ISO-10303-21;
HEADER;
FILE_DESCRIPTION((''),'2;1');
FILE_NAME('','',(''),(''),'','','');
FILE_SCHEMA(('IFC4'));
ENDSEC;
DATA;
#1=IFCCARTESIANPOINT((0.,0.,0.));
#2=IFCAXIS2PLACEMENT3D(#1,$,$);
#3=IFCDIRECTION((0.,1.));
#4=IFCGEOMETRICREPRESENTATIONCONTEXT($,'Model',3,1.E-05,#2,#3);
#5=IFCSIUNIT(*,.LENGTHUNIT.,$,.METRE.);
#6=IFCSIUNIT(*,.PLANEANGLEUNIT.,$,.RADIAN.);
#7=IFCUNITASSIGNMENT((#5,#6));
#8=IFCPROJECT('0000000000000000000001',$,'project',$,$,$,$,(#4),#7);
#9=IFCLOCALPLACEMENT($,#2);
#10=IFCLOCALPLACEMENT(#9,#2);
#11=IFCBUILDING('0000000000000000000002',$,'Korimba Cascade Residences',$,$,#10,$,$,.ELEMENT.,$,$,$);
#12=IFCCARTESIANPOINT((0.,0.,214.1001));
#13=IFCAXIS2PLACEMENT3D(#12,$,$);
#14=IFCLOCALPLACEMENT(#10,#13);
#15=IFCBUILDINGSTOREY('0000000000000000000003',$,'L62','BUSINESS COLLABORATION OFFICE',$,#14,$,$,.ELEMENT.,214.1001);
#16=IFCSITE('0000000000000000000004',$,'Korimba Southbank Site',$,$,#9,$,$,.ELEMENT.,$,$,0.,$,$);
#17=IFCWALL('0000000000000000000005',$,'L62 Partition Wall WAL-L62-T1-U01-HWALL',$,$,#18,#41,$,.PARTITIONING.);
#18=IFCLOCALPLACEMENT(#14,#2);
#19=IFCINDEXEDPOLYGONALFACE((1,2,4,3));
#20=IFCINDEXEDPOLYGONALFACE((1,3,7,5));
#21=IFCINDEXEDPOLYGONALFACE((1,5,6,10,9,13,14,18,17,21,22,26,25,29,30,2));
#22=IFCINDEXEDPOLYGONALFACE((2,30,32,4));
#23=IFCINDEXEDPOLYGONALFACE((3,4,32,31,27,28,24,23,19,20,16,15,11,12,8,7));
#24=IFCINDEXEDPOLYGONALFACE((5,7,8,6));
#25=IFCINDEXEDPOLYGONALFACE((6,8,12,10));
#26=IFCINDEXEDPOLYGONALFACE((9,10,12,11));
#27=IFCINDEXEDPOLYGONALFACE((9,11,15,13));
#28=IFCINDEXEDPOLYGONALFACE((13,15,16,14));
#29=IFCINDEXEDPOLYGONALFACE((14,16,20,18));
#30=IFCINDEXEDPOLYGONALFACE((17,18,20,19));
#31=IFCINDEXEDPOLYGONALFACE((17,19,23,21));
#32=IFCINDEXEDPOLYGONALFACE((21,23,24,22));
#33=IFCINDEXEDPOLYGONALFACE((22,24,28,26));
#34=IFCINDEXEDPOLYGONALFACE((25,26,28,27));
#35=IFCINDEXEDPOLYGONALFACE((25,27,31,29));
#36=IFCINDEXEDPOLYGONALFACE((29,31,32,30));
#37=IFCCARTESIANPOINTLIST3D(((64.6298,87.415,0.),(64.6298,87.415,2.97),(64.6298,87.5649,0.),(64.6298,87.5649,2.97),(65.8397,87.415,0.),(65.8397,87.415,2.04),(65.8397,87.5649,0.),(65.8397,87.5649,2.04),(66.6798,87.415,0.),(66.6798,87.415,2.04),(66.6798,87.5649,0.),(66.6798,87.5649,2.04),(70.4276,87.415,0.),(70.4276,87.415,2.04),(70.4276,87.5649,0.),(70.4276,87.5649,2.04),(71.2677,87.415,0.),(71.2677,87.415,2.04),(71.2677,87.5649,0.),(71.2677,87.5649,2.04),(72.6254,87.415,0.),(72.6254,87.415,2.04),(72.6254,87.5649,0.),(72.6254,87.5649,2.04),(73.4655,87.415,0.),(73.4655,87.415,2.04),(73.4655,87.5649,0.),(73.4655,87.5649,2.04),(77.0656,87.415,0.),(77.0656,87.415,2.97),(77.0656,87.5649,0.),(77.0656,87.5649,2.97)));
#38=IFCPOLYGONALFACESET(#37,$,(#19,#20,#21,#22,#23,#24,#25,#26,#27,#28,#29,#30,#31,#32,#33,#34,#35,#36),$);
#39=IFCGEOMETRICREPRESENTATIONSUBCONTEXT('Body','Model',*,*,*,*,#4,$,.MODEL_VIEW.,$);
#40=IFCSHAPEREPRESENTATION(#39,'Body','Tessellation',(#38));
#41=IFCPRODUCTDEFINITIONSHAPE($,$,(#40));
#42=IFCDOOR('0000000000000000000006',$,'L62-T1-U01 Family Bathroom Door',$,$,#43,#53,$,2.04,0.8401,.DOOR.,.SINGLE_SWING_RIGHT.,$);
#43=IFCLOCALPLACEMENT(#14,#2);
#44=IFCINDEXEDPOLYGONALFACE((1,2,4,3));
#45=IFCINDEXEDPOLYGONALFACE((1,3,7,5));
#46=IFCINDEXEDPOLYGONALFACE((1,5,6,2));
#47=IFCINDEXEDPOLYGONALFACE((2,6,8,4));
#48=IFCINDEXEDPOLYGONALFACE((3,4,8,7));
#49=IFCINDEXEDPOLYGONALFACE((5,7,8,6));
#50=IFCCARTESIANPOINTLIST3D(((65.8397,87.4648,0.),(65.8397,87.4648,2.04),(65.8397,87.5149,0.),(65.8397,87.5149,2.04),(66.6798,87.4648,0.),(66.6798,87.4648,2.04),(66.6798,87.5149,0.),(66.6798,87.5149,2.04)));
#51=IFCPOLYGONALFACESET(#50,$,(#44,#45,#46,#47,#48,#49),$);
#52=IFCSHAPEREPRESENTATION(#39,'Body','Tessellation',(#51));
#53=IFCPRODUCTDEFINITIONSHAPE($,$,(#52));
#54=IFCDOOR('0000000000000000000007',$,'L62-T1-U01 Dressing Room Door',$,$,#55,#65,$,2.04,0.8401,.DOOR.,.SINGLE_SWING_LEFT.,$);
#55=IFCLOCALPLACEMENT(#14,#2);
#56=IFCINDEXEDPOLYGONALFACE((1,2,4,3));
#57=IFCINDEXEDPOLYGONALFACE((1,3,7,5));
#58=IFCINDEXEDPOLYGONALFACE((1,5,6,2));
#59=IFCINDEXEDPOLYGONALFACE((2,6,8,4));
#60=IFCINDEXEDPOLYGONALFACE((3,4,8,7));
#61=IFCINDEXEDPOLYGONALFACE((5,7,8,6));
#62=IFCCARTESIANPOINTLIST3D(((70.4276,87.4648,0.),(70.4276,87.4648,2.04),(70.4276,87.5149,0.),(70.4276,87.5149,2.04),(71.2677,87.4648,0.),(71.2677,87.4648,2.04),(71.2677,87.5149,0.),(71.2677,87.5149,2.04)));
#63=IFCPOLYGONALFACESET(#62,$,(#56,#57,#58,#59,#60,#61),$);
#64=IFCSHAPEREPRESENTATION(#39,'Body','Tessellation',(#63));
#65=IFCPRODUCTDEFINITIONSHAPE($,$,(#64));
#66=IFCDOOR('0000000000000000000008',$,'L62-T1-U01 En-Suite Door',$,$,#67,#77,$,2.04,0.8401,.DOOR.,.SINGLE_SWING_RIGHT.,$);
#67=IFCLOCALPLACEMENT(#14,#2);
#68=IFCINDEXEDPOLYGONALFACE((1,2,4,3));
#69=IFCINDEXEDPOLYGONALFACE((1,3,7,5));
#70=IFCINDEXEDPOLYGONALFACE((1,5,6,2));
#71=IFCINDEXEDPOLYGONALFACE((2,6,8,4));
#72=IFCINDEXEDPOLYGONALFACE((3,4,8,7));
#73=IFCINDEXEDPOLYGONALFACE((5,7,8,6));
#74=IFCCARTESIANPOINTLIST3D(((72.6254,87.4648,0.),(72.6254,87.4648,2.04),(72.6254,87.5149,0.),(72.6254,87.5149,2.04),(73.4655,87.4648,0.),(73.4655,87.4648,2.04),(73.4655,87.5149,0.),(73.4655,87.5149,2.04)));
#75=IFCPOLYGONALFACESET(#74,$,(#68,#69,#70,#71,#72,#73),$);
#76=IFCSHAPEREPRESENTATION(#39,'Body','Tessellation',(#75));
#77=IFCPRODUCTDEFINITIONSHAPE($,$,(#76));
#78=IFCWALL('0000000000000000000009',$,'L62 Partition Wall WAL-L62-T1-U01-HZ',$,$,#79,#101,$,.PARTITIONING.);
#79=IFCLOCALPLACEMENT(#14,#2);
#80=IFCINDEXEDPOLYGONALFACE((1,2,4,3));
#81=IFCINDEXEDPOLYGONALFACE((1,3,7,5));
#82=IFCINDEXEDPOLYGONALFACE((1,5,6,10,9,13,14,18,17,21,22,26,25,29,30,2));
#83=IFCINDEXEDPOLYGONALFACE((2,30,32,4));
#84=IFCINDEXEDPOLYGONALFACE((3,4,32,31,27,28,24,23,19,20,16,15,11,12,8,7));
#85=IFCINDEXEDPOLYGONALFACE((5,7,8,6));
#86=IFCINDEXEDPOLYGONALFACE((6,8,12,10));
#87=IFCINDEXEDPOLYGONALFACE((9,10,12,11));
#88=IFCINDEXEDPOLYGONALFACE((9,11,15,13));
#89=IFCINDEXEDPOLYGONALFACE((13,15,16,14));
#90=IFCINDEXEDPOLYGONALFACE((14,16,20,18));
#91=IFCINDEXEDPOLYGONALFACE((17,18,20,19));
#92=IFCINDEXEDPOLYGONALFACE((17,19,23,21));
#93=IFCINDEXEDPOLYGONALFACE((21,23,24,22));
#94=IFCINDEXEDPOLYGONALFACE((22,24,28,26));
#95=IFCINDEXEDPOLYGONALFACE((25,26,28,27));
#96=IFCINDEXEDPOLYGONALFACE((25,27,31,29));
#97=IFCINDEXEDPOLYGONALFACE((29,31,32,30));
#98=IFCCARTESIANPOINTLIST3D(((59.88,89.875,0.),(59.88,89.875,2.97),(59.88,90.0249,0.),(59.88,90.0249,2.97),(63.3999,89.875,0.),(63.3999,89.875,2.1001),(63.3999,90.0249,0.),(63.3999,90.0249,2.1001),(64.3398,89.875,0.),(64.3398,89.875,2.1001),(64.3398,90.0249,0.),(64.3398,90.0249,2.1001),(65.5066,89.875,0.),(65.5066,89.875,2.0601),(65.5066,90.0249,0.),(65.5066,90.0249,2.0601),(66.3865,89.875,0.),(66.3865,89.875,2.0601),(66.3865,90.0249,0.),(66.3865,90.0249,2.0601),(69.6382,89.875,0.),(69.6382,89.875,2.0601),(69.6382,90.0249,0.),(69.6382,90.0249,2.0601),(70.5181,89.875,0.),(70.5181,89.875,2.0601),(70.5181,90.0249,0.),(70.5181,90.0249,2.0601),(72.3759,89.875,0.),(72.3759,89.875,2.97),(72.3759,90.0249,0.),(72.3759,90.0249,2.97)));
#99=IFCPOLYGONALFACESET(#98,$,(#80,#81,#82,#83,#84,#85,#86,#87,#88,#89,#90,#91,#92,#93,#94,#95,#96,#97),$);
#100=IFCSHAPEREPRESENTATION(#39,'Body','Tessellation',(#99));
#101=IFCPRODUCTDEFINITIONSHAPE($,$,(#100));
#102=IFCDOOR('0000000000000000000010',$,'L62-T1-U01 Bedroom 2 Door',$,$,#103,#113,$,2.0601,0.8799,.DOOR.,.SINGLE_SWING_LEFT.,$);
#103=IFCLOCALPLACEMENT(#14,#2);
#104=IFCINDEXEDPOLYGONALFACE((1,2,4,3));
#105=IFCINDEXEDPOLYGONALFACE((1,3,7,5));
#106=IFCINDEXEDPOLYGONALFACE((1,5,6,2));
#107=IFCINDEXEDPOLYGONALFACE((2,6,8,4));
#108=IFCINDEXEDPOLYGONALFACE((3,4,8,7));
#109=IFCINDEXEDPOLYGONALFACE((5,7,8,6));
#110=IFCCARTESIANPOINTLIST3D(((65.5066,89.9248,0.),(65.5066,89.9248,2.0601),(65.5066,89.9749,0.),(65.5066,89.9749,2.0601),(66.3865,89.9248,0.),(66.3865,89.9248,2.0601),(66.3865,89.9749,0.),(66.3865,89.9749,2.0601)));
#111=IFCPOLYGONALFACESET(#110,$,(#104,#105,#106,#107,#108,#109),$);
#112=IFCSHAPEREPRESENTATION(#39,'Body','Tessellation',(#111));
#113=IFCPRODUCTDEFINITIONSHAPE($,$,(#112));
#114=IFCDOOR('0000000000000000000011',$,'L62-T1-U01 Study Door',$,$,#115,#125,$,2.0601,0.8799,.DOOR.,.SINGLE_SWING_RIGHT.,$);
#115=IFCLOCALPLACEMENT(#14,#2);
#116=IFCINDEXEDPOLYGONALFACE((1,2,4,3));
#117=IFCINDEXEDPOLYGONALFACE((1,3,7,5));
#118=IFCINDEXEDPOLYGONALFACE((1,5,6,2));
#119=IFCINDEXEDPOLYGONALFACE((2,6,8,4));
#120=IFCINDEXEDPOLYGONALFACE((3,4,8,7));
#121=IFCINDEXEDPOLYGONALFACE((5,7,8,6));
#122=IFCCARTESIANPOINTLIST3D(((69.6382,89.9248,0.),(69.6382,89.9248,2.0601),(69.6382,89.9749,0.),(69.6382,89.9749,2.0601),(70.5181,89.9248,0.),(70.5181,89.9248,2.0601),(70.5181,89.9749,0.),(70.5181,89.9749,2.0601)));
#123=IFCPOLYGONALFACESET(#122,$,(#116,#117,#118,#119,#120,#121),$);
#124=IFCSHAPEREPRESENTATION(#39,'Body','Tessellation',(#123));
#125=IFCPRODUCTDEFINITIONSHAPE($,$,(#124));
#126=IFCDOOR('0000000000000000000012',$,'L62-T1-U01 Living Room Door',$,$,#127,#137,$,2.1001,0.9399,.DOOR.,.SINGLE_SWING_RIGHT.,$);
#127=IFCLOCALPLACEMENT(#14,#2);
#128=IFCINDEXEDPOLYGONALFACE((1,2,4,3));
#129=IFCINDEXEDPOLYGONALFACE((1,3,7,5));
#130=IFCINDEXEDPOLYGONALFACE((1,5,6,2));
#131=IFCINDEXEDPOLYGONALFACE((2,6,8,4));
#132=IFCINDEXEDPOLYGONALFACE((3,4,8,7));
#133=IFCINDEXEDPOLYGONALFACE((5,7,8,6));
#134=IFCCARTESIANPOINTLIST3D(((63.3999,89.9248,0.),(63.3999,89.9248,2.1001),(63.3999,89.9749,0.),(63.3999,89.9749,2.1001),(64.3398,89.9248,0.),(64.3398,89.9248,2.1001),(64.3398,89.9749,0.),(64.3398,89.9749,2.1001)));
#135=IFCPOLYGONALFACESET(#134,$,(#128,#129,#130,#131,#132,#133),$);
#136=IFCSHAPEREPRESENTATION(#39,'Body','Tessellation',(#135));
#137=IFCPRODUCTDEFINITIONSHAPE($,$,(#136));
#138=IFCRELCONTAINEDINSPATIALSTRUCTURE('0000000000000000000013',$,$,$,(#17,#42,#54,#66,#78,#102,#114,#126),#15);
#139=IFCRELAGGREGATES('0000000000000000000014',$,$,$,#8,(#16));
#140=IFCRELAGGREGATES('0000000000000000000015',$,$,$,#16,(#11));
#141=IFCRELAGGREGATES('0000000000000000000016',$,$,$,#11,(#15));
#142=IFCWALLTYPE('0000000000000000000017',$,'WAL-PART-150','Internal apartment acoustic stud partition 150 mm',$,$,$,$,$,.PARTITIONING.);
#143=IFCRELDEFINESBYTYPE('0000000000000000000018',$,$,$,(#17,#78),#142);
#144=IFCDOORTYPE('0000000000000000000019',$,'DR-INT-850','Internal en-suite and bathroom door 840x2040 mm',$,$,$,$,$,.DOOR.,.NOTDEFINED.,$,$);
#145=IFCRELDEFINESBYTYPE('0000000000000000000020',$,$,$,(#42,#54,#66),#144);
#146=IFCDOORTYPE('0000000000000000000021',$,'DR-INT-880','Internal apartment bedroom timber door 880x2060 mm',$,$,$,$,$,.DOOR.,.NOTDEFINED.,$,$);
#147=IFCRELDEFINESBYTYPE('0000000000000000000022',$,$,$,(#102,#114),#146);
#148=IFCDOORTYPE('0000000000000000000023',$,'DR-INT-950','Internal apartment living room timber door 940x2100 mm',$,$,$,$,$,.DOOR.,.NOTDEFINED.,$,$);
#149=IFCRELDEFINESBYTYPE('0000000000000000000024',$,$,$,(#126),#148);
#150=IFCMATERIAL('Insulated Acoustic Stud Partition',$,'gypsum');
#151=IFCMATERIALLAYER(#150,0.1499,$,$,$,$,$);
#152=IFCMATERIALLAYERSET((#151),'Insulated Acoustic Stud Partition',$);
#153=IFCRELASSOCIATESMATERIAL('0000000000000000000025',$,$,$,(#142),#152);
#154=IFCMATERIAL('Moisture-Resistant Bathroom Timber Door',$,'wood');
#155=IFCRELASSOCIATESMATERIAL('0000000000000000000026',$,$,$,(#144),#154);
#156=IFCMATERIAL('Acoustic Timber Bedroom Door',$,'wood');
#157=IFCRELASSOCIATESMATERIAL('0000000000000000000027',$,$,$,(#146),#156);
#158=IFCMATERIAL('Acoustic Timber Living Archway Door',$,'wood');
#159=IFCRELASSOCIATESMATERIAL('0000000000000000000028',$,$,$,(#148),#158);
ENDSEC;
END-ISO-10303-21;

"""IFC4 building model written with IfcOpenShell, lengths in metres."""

from ifc_helpers import new_model, si_unit, direction, frame, frame_2d, origin, place, context, subcontext, project, spatial, rectangle, extrude, material, layer, layer_set, type_object, element, fill, save


model = new_model("IFC4")

# Units and contexts
model_context = context("Model", 3, precision=1e-05, world=origin(), true_north=direction((0.0, 1.0)))
body_context = subcontext(model_context, "Body", "Model", "MODEL_VIEW")
ifc_project = project(units=[si_unit("LENGTHUNIT", "METRE"), si_unit("PLANEANGLEUNIT", "RADIAN")], contexts=[model_context])

# Site, building, storey
site_placement = place(None, origin())
site = spatial("IfcSite", under=ifc_project, at=site_placement, Name="Korimba Southbank Site", CompositionType="ELEMENT", RefElevation=0.0)
building_placement = place(site_placement, origin())
building = spatial("IfcBuilding", under=site, at=building_placement, Name="Korimba Cascade Residences", CompositionType="ELEMENT")
storey_placement = place(building_placement, frame((0.0, 0.0, 214.1001)))
storey = spatial("IfcBuildingStorey", under=building, at=storey_placement, Name="L62", Description="BUSINESS COLLABORATION OFFICE", CompositionType="ELEMENT", Elevation=214.1001)

# Shared definitions
ifc_material_1 = material(Name="Insulated Acoustic Stud Partition", Category="gypsum")
ifc_layer_1 = layer(ifc_material_1, 0.1499)
ifc_layer_set_1 = layer_set([ifc_layer_1], Name="Insulated Acoustic Stud Partition")
wall_type_1 = type_object("IfcWallType", Name="WAL-PART-150", Description="Internal apartment acoustic stud partition 150 mm", PredefinedType="PARTITIONING", material=ifc_layer_set_1)

# Walls, openings, doors
wall_1_placement = place(storey_placement, frame((64.6299, 87.49, 0.0), z_axis=(0.0, 0.0, 1.0), x_axis=(1.0, 0.0, 0.0)))
wall_1 = element("IfcWall", 1, at=wall_1_placement, inside=storey, type_object=wall_type_1, Name="L62 Partition Wall WAL-L62-T1-U01-HWALL", PredefinedType="PARTITIONING", context=body_context, shape_type="SweptSolid", body=[
    extrude(rectangle(XDim=12.4358, YDim=0.1499, at=frame_2d((6.2178, 0.0))), origin(), (0.0, 0.0, 1.0), 2.97),
])
opening_1_placement = place(wall_1_placement, frame((1.21, 0.0, 0.0)))
opening_1 = element("IfcOpeningElement", 2, at=opening_1_placement, cuts=wall_1, PredefinedType="OPENING", context=body_context, shape_type="SweptSolid", body=[
    extrude(rectangle(XDim=0.8401, YDim=2.04, at=frame_2d((0.4199, 1.02))), frame((0.0, 0.085, 0.0), z_axis=(0.0, -1.0, 0.0), x_axis=(1.0, 0.0, 0.0)), (0.0, 0.0, 1.0), 0.1699),
])
opening_2_placement = place(wall_1_placement, frame((5.7979, 0.0, 0.0)))
opening_2 = element("IfcOpeningElement", 3, at=opening_2_placement, cuts=wall_1, PredefinedType="OPENING", context=body_context, shape_type="SweptSolid", body=[
    extrude(rectangle(XDim=0.8401, YDim=2.04, at=frame_2d((0.4199, 1.02))), frame((0.0, 0.085, 0.0), z_axis=(0.0, -1.0, 0.0), x_axis=(1.0, 0.0, 0.0)), (0.0, 0.0, 1.0), 0.1699),
])
opening_3_placement = place(wall_1_placement, frame((7.9956, 0.0, 0.0)))
opening_3 = element("IfcOpeningElement", 4, at=opening_3_placement, cuts=wall_1, PredefinedType="OPENING", context=body_context, shape_type="SweptSolid", body=[
    extrude(rectangle(XDim=0.8401, YDim=2.04, at=frame_2d((0.4199, 1.02))), frame((0.0, 0.085, 0.0), z_axis=(0.0, -1.0, 0.0), x_axis=(1.0, 0.0, 0.0)), (0.0, 0.0, 1.0), 0.1699),
])
ifc_material_2 = material(Name="Moisture-Resistant Bathroom Timber Door", Category="wood")
door_type_1 = type_object("IfcDoorType", Name="DR-INT-850", Description="Internal en-suite and bathroom door 840x2040 mm", OperationType="NOTDEFINED", PredefinedType="DOOR", material=ifc_material_2)
door_1_placement = place(opening_1_placement, origin())
door_1 = element("IfcDoor", 5, at=door_1_placement, inside=storey, type_object=door_type_1, Name="L62-T1-U01 Family Bathroom Door", OperationType="SINGLE_SWING_RIGHT", OverallHeight=2.04, OverallWidth=0.8401, PredefinedType="DOOR", context=body_context, shape_type="SweptSolid", body=[
    extrude(rectangle(XDim=0.8401, YDim=2.04, at=frame_2d((0.4199, 1.02))), frame((0.0, 0.0249, 0.0), z_axis=(0.0, -1.0, 0.0), x_axis=(1.0, 0.0, 0.0)), (0.0, 0.0, 1.0), 0.05),
])
fill(opening_1, door_1)
door_2_placement = place(opening_2_placement, origin())
door_2 = element("IfcDoor", 6, at=door_2_placement, inside=storey, type_object=door_type_1, Name="L62-T1-U01 Dressing Room Door", OperationType="SINGLE_SWING_LEFT", OverallHeight=2.04, OverallWidth=0.8401, PredefinedType="DOOR", context=body_context, shape_type="SweptSolid", body=[
    extrude(rectangle(XDim=0.8401, YDim=2.04, at=frame_2d((0.4199, 1.02))), frame((0.0, 0.0249, 0.0), z_axis=(0.0, -1.0, 0.0), x_axis=(1.0, 0.0, 0.0)), (0.0, 0.0, 1.0), 0.05),
])
fill(opening_2, door_2)
door_3_placement = place(opening_3_placement, origin())
door_3 = element("IfcDoor", 7, at=door_3_placement, inside=storey, type_object=door_type_1, Name="L62-T1-U01 En-Suite Door", OperationType="SINGLE_SWING_RIGHT", OverallHeight=2.04, OverallWidth=0.8401, PredefinedType="DOOR", context=body_context, shape_type="SweptSolid", body=[
    extrude(rectangle(XDim=0.8401, YDim=2.04, at=frame_2d((0.4199, 1.02))), frame((0.0, 0.0249, 0.0), z_axis=(0.0, -1.0, 0.0), x_axis=(1.0, 0.0, 0.0)), (0.0, 0.0, 1.0), 0.05),
])
fill(opening_3, door_3)
wall_2_placement = place(storey_placement, frame((59.8799, 89.95, 0.0), z_axis=(0.0, 0.0, 1.0), x_axis=(1.0, 0.0, 0.0)))
wall_2 = element("IfcWall", 8, at=wall_2_placement, inside=storey, type_object=wall_type_1, Name="L62 Partition Wall WAL-L62-T1-U01-HZ", PredefinedType="PARTITIONING", context=body_context, shape_type="SweptSolid", body=[
    extrude(rectangle(XDim=12.4958, YDim=0.1499, at=frame_2d((6.248, 0.0))), origin(), (0.0, 0.0, 1.0), 2.97),
])
opening_4_placement = place(wall_2_placement, frame((3.52, 0.0, 0.0)))
opening_4 = element("IfcOpeningElement", 9, at=opening_4_placement, cuts=wall_2, PredefinedType="OPENING", context=body_context, shape_type="SweptSolid", body=[
    extrude(rectangle(XDim=0.9399, YDim=2.1001, at=frame_2d((0.47, 1.05))), frame((0.0, 0.085, 0.0), z_axis=(0.0, -1.0, 0.0), x_axis=(1.0, 0.0, 0.0)), (0.0, 0.0, 1.0), 0.1699),
])
opening_5_placement = place(wall_2_placement, frame((5.6267, 0.0, 0.0)))
opening_5 = element("IfcOpeningElement", 10, at=opening_5_placement, cuts=wall_2, PredefinedType="OPENING", context=body_context, shape_type="SweptSolid", body=[
    extrude(rectangle(XDim=0.8799, YDim=2.0601, at=frame_2d((0.4399, 1.03))), frame((0.0, 0.085, 0.0), z_axis=(0.0, -1.0, 0.0), x_axis=(1.0, 0.0, 0.0)), (0.0, 0.0, 1.0), 0.1699),
])
opening_6_placement = place(wall_2_placement, frame((9.7583, 0.0, 0.0)))
opening_6 = element("IfcOpeningElement", 11, at=opening_6_placement, cuts=wall_2, PredefinedType="OPENING", context=body_context, shape_type="SweptSolid", body=[
    extrude(rectangle(XDim=0.8799, YDim=2.0601, at=frame_2d((0.4399, 1.03))), frame((0.0, 0.085, 0.0), z_axis=(0.0, -1.0, 0.0), x_axis=(1.0, 0.0, 0.0)), (0.0, 0.0, 1.0), 0.1699),
])
ifc_material_3 = material(Name="Acoustic Timber Bedroom Door", Category="wood")
door_type_2 = type_object("IfcDoorType", Name="DR-INT-880", Description="Internal apartment bedroom timber door 880x2060 mm", OperationType="NOTDEFINED", PredefinedType="DOOR", material=ifc_material_3)
door_4_placement = place(opening_5_placement, origin())
door_4 = element("IfcDoor", 12, at=door_4_placement, inside=storey, type_object=door_type_2, Name="L62-T1-U01 Bedroom 2 Door", OperationType="SINGLE_SWING_LEFT", OverallHeight=2.0601, OverallWidth=0.8799, PredefinedType="DOOR", context=body_context, shape_type="SweptSolid", body=[
    extrude(rectangle(XDim=0.8799, YDim=2.0601, at=frame_2d((0.4399, 1.03))), frame((0.0, 0.0249, 0.0), z_axis=(0.0, -1.0, 0.0), x_axis=(1.0, 0.0, 0.0)), (0.0, 0.0, 1.0), 0.05),
])
fill(opening_5, door_4)
door_5_placement = place(opening_6_placement, origin())
door_5 = element("IfcDoor", 13, at=door_5_placement, inside=storey, type_object=door_type_2, Name="L62-T1-U01 Study Door", OperationType="SINGLE_SWING_RIGHT", OverallHeight=2.0601, OverallWidth=0.8799, PredefinedType="DOOR", context=body_context, shape_type="SweptSolid", body=[
    extrude(rectangle(XDim=0.8799, YDim=2.0601, at=frame_2d((0.4399, 1.03))), frame((0.0, 0.0249, 0.0), z_axis=(0.0, -1.0, 0.0), x_axis=(1.0, 0.0, 0.0)), (0.0, 0.0, 1.0), 0.05),
])
fill(opening_6, door_5)
ifc_material_4 = material(Name="Acoustic Timber Living Archway Door", Category="wood")
door_type_3 = type_object("IfcDoorType", Name="DR-INT-950", Description="Internal apartment living room timber door 940x2100 mm", OperationType="NOTDEFINED", PredefinedType="DOOR", material=ifc_material_4)
door_6_placement = place(opening_4_placement, origin())
door_6 = element("IfcDoor", 14, at=door_6_placement, inside=storey, type_object=door_type_3, Name="L62-T1-U01 Living Room Door", OperationType="SINGLE_SWING_RIGHT", OverallHeight=2.1001, OverallWidth=0.9399, PredefinedType="DOOR", context=body_context, shape_type="SweptSolid", body=[
    extrude(rectangle(XDim=0.9399, YDim=2.1001, at=frame_2d((0.47, 1.05))), frame((0.0, 0.0249, 0.0), z_axis=(0.0, -1.0, 0.0), x_axis=(1.0, 0.0, 0.0)), (0.0, 0.0, 1.0), 0.05),
])
fill(opening_4, door_6)

save(model, "model.ifc")
